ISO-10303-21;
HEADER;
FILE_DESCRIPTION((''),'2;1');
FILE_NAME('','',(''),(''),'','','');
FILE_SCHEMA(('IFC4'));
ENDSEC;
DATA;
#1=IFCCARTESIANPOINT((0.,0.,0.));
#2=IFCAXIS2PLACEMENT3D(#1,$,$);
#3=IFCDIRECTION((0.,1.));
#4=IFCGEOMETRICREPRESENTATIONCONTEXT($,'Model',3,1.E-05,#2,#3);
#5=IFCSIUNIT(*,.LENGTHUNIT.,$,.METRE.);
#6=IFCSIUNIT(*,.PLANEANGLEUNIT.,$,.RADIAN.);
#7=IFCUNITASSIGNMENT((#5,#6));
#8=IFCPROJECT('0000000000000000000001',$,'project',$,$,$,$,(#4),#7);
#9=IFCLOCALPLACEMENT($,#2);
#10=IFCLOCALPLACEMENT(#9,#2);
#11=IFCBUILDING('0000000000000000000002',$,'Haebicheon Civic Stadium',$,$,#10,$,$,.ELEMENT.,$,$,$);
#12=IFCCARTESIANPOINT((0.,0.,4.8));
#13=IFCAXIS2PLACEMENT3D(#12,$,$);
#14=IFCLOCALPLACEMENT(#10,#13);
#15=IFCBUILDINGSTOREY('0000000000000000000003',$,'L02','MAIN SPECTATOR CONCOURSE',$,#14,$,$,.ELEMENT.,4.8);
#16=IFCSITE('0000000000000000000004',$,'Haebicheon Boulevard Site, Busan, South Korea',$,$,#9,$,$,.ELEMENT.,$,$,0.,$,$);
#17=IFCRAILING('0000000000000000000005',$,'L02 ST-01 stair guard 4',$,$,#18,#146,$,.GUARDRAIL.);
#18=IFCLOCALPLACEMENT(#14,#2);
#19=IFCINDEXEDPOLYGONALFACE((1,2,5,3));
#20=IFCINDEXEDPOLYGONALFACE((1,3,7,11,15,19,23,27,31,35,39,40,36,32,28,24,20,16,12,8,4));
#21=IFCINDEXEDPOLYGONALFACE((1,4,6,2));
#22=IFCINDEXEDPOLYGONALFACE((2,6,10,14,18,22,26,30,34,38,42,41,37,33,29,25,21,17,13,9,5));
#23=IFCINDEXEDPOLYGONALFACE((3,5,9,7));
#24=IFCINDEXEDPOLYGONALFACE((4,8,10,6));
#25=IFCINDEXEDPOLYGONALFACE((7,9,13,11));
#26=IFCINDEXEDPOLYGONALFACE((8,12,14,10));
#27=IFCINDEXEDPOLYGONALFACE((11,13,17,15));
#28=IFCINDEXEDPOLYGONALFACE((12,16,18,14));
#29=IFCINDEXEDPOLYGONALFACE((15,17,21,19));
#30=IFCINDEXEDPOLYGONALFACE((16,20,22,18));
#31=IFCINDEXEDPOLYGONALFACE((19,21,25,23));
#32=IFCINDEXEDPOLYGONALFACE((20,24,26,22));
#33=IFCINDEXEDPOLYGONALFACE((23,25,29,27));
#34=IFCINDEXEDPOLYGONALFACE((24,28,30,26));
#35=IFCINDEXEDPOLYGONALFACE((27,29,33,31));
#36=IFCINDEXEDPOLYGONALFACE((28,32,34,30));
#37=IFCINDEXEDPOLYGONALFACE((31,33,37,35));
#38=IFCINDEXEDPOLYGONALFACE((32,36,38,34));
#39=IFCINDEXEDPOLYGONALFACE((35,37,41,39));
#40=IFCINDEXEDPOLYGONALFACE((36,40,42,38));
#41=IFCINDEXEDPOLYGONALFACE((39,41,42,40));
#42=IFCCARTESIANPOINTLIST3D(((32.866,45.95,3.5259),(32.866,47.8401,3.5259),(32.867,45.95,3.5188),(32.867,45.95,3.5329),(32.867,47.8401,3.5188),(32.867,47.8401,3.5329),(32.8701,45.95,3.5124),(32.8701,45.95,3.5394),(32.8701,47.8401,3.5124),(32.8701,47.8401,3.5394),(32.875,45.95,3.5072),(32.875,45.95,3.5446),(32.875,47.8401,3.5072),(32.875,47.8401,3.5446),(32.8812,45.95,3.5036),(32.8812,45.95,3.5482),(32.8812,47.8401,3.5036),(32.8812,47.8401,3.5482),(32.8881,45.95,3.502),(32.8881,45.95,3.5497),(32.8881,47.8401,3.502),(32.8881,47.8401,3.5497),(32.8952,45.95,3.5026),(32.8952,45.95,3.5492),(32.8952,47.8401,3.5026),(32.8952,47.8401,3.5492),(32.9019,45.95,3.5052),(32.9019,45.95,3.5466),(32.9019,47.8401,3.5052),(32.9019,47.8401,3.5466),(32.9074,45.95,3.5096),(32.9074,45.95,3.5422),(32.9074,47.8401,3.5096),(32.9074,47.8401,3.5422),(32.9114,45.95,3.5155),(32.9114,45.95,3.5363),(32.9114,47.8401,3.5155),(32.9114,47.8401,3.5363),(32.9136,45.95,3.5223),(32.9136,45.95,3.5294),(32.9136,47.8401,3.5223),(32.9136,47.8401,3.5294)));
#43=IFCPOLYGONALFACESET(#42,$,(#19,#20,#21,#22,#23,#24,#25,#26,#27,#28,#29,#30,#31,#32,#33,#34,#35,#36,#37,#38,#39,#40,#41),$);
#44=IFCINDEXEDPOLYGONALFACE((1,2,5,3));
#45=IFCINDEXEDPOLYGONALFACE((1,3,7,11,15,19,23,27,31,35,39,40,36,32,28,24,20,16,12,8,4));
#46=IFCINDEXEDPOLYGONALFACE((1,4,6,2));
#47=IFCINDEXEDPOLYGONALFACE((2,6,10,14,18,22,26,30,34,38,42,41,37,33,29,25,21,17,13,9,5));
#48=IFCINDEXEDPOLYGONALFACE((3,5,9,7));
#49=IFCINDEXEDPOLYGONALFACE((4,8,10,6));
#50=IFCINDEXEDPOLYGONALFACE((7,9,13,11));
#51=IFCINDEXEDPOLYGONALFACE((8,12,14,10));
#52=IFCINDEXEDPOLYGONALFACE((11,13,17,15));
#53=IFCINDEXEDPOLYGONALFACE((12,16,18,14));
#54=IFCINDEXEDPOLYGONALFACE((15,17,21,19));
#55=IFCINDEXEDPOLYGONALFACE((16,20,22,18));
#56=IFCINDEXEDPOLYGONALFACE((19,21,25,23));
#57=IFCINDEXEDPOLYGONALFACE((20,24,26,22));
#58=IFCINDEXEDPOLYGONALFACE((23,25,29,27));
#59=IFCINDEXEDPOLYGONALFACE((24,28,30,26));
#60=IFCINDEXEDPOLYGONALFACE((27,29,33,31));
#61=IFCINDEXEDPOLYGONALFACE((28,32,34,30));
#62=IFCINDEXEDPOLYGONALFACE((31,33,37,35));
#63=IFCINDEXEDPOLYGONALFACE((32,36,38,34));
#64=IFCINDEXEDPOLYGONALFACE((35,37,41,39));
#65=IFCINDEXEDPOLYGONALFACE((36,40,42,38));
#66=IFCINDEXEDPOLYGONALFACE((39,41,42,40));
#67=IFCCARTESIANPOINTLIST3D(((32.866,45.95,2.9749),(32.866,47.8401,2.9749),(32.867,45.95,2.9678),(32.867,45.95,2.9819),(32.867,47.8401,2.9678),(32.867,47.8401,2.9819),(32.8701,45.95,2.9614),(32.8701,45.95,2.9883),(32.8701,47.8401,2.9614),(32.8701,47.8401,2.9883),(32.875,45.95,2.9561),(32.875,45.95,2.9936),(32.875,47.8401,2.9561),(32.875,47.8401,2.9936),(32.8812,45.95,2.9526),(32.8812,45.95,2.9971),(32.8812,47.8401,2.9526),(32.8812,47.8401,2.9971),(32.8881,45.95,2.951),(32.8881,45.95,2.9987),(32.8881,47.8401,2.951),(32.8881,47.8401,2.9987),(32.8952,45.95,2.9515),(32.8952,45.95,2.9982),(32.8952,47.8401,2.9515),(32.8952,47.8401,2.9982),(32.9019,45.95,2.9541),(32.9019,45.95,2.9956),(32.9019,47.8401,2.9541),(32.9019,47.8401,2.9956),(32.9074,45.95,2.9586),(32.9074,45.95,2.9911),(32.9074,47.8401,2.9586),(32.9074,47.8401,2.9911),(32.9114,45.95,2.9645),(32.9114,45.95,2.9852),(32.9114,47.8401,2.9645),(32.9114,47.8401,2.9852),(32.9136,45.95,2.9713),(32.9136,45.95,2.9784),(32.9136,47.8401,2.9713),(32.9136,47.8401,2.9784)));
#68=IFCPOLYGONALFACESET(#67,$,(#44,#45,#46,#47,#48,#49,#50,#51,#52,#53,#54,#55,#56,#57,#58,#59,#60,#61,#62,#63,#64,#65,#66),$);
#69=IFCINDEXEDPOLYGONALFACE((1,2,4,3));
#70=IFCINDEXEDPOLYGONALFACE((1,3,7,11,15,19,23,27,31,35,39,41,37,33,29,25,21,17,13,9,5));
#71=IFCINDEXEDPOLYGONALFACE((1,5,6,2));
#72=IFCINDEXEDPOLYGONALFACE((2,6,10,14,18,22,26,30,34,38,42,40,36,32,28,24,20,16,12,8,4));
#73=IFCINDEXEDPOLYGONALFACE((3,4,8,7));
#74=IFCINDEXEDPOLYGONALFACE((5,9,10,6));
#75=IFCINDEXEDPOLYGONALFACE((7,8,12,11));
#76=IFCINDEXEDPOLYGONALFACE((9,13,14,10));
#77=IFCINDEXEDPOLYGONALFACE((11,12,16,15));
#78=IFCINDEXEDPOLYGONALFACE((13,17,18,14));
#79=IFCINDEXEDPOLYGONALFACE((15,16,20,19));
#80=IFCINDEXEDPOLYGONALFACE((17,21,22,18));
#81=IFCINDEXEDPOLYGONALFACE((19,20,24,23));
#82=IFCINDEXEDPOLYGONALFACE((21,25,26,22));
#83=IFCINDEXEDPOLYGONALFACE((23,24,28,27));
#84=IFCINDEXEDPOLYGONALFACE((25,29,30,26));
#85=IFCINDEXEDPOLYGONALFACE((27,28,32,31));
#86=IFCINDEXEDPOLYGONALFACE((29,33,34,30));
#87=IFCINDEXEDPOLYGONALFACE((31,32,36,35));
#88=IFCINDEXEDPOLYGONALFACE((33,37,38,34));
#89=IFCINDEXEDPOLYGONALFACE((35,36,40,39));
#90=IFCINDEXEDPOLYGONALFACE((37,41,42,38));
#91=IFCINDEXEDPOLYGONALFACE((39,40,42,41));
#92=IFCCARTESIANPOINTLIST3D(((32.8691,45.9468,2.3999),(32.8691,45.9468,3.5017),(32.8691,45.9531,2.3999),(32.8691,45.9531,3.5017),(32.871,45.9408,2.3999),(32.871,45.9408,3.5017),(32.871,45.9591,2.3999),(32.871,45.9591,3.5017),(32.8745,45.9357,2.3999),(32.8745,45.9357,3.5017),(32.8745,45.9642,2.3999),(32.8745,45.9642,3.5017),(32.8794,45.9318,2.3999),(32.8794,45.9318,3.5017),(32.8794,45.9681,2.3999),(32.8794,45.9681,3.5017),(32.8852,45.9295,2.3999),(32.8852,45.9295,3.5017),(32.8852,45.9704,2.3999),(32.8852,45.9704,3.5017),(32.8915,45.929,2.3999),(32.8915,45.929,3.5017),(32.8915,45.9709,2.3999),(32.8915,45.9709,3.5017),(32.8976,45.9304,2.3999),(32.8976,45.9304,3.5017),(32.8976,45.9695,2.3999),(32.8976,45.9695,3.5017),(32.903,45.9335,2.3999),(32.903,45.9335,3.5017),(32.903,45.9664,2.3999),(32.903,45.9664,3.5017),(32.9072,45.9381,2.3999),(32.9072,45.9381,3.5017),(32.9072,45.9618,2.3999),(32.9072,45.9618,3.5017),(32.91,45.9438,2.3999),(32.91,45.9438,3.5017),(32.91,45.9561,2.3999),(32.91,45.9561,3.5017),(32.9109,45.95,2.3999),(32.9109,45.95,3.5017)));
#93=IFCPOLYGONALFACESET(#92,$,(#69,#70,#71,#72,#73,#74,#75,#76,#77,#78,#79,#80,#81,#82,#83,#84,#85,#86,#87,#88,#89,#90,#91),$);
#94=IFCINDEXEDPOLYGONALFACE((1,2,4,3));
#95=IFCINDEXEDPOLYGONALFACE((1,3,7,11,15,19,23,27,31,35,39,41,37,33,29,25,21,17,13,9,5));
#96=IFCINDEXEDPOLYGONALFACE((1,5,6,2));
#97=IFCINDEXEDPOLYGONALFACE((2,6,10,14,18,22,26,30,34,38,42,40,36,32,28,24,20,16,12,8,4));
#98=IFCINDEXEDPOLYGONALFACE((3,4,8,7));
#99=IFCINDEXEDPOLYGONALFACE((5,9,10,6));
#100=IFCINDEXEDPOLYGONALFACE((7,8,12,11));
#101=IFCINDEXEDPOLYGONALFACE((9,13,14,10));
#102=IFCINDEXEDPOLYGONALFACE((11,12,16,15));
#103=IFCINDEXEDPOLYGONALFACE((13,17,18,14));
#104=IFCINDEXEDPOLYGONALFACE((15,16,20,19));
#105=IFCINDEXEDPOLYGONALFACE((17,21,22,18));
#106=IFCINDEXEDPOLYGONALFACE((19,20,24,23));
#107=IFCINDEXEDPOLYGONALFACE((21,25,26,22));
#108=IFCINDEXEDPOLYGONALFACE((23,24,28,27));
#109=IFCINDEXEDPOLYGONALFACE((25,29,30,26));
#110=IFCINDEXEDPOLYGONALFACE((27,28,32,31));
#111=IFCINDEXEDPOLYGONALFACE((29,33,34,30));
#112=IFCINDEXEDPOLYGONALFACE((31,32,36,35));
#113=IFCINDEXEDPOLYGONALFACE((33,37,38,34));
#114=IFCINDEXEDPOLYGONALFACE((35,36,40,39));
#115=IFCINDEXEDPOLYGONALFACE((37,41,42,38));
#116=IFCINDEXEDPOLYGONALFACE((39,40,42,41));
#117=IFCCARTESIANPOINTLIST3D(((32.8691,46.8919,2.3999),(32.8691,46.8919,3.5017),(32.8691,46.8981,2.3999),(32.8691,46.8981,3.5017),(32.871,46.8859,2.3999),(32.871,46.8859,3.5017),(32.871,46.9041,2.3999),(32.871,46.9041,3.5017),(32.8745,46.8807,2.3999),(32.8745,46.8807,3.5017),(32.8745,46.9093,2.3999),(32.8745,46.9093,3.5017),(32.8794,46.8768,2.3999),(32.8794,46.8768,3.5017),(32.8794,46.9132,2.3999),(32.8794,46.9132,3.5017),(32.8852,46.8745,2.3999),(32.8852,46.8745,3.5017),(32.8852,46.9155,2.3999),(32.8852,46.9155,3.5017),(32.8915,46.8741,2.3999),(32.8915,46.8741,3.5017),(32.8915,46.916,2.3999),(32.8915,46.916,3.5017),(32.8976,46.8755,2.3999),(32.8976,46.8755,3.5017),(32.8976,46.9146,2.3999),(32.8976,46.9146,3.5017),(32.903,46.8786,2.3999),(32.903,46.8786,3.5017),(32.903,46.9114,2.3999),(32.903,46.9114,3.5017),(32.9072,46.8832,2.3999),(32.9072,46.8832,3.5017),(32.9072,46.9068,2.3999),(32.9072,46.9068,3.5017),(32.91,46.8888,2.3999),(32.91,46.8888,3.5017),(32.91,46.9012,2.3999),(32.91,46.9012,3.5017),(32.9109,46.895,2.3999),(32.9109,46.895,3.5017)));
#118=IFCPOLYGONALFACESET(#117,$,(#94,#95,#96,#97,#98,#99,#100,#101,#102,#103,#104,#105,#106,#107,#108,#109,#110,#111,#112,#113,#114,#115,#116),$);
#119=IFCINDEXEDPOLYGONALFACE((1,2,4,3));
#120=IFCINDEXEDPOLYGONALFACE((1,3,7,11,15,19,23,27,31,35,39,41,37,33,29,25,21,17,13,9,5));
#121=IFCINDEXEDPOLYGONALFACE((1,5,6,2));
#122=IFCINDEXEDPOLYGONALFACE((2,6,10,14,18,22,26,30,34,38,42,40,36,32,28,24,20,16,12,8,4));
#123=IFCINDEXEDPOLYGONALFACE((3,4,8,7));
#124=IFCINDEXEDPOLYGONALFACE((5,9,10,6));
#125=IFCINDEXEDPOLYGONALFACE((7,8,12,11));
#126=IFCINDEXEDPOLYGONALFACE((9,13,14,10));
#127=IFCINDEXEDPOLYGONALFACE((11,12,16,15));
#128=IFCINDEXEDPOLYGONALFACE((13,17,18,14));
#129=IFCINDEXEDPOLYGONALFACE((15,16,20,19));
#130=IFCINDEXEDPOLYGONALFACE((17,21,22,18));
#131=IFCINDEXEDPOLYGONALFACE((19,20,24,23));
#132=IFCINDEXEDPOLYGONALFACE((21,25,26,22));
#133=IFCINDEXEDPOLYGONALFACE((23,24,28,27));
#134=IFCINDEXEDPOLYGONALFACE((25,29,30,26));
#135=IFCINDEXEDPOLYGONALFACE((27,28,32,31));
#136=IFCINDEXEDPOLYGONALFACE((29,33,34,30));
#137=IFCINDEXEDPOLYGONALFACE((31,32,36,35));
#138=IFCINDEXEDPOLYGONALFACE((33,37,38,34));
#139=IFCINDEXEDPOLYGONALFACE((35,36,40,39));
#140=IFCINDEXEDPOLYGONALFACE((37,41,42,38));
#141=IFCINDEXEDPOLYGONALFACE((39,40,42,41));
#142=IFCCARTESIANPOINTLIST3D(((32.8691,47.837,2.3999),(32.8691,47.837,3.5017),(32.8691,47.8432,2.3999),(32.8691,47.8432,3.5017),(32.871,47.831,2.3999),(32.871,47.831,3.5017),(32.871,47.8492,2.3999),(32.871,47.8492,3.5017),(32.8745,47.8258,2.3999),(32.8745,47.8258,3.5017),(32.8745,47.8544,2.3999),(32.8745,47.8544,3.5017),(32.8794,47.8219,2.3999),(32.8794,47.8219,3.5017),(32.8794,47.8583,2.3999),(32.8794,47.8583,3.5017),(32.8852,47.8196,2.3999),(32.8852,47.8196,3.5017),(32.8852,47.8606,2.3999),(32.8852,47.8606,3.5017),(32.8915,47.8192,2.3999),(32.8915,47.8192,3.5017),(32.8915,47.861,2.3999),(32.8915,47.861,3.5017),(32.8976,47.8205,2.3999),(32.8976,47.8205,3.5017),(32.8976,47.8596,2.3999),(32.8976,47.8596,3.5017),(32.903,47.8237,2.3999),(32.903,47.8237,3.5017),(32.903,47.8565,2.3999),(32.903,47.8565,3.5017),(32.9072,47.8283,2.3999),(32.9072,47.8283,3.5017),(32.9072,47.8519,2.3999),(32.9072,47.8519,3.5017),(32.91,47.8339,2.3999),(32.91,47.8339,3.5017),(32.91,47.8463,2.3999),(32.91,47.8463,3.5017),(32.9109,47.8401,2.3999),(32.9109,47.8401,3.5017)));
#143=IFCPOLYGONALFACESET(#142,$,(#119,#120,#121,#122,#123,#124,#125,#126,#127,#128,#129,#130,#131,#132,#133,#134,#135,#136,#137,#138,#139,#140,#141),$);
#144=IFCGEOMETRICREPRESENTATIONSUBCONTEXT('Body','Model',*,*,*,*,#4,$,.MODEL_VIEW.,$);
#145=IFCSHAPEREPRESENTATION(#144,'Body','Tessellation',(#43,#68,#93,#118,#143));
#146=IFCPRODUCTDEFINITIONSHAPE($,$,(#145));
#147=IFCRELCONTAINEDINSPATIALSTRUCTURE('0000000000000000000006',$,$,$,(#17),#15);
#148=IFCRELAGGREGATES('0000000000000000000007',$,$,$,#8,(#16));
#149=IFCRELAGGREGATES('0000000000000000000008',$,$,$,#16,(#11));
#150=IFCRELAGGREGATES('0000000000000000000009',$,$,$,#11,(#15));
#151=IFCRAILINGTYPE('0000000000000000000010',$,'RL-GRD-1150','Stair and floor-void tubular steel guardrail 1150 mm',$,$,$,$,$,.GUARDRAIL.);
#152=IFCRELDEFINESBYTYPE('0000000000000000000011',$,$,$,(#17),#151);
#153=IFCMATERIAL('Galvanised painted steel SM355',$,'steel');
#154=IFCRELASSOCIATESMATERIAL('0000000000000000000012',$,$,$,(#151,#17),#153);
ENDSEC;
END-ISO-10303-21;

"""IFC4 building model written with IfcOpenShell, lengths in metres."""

from ifc_helpers import new_model, si_unit, direction, frame, origin, origin_2d, place, context, subcontext, project, spatial, circle, extrude, material, type_object, element, save


model = new_model("IFC4")

# Units and contexts
model_context = context("Model", 3, precision=1e-05, world=origin(), true_north=direction((0.0, 1.0)))
body_context = subcontext(model_context, "Body", "Model", "MODEL_VIEW")
ifc_project = project(units=[si_unit("LENGTHUNIT", "METRE"), si_unit("PLANEANGLEUNIT", "RADIAN")], contexts=[model_context])

# Site, building, storey
site_placement = place(None, origin())
site = spatial("IfcSite", under=ifc_project, at=site_placement, Name="Haebicheon Boulevard Site, Busan, South Korea", CompositionType="ELEMENT", RefElevation=0.0)
building_placement = place(site_placement, origin())
building = spatial("IfcBuilding", under=site, at=building_placement, Name="Haebicheon Civic Stadium", CompositionType="ELEMENT")
storey_placement = place(building_placement, frame((0.0, 0.0, 4.8)))
storey = spatial("IfcBuildingStorey", under=building, at=storey_placement, Name="L02", Description="MAIN SPECTATOR CONCOURSE", CompositionType="ELEMENT", Elevation=4.8)

# Railing
ifc_material_1 = material(Name="Galvanised painted steel SM355", Category="steel")
railing_type = type_object("IfcRailingType", Name="RL-GRD-1150", Description="Stair and floor-void tubular steel guardrail 1150 mm", PredefinedType="GUARDRAIL", material=ifc_material_1)
railing_1_placement = place(storey_placement, frame((32.8899, 45.95, 2.3999)))
element("IfcRailing", 1, at=railing_1_placement, inside=storey, type_object=railing_type, material=ifc_material_1, Name="L02 ST-01 stair guard 4", PredefinedType="GUARDRAIL", context=body_context, shape_type="SweptSolid", body=[
    extrude(circle(Radius=0.0239, at=origin_2d()), frame((0.0, 0.0, 1.126), z_axis=(0.0, 1.0, 0.0), x_axis=(-1.0, 0.0, 0.0)), (0.0, 0.0, 1.0), 1.8901),
    extrude(circle(Radius=0.0239, at=origin_2d()), frame((0.0, 0.0, 0.575), z_axis=(0.0, 1.0, 0.0), x_axis=(-1.0, 0.0, 0.0)), (0.0, 0.0, 1.0), 1.8901),
    extrude(circle(Radius=0.021, at=origin_2d()), origin(), (0.0, 0.0, 1.0), 1.1018),
    extrude(circle(Radius=0.021, at=origin_2d()), frame((0.0, 0.9451, 0.0)), (0.0, 0.0, 1.0), 1.1018),
    extrude(circle(Radius=0.021, at=origin_2d()), frame((0.0, 1.8901, 0.0)), (0.0, 0.0, 1.0), 1.1018),
])

save(model, "model.ifc")
